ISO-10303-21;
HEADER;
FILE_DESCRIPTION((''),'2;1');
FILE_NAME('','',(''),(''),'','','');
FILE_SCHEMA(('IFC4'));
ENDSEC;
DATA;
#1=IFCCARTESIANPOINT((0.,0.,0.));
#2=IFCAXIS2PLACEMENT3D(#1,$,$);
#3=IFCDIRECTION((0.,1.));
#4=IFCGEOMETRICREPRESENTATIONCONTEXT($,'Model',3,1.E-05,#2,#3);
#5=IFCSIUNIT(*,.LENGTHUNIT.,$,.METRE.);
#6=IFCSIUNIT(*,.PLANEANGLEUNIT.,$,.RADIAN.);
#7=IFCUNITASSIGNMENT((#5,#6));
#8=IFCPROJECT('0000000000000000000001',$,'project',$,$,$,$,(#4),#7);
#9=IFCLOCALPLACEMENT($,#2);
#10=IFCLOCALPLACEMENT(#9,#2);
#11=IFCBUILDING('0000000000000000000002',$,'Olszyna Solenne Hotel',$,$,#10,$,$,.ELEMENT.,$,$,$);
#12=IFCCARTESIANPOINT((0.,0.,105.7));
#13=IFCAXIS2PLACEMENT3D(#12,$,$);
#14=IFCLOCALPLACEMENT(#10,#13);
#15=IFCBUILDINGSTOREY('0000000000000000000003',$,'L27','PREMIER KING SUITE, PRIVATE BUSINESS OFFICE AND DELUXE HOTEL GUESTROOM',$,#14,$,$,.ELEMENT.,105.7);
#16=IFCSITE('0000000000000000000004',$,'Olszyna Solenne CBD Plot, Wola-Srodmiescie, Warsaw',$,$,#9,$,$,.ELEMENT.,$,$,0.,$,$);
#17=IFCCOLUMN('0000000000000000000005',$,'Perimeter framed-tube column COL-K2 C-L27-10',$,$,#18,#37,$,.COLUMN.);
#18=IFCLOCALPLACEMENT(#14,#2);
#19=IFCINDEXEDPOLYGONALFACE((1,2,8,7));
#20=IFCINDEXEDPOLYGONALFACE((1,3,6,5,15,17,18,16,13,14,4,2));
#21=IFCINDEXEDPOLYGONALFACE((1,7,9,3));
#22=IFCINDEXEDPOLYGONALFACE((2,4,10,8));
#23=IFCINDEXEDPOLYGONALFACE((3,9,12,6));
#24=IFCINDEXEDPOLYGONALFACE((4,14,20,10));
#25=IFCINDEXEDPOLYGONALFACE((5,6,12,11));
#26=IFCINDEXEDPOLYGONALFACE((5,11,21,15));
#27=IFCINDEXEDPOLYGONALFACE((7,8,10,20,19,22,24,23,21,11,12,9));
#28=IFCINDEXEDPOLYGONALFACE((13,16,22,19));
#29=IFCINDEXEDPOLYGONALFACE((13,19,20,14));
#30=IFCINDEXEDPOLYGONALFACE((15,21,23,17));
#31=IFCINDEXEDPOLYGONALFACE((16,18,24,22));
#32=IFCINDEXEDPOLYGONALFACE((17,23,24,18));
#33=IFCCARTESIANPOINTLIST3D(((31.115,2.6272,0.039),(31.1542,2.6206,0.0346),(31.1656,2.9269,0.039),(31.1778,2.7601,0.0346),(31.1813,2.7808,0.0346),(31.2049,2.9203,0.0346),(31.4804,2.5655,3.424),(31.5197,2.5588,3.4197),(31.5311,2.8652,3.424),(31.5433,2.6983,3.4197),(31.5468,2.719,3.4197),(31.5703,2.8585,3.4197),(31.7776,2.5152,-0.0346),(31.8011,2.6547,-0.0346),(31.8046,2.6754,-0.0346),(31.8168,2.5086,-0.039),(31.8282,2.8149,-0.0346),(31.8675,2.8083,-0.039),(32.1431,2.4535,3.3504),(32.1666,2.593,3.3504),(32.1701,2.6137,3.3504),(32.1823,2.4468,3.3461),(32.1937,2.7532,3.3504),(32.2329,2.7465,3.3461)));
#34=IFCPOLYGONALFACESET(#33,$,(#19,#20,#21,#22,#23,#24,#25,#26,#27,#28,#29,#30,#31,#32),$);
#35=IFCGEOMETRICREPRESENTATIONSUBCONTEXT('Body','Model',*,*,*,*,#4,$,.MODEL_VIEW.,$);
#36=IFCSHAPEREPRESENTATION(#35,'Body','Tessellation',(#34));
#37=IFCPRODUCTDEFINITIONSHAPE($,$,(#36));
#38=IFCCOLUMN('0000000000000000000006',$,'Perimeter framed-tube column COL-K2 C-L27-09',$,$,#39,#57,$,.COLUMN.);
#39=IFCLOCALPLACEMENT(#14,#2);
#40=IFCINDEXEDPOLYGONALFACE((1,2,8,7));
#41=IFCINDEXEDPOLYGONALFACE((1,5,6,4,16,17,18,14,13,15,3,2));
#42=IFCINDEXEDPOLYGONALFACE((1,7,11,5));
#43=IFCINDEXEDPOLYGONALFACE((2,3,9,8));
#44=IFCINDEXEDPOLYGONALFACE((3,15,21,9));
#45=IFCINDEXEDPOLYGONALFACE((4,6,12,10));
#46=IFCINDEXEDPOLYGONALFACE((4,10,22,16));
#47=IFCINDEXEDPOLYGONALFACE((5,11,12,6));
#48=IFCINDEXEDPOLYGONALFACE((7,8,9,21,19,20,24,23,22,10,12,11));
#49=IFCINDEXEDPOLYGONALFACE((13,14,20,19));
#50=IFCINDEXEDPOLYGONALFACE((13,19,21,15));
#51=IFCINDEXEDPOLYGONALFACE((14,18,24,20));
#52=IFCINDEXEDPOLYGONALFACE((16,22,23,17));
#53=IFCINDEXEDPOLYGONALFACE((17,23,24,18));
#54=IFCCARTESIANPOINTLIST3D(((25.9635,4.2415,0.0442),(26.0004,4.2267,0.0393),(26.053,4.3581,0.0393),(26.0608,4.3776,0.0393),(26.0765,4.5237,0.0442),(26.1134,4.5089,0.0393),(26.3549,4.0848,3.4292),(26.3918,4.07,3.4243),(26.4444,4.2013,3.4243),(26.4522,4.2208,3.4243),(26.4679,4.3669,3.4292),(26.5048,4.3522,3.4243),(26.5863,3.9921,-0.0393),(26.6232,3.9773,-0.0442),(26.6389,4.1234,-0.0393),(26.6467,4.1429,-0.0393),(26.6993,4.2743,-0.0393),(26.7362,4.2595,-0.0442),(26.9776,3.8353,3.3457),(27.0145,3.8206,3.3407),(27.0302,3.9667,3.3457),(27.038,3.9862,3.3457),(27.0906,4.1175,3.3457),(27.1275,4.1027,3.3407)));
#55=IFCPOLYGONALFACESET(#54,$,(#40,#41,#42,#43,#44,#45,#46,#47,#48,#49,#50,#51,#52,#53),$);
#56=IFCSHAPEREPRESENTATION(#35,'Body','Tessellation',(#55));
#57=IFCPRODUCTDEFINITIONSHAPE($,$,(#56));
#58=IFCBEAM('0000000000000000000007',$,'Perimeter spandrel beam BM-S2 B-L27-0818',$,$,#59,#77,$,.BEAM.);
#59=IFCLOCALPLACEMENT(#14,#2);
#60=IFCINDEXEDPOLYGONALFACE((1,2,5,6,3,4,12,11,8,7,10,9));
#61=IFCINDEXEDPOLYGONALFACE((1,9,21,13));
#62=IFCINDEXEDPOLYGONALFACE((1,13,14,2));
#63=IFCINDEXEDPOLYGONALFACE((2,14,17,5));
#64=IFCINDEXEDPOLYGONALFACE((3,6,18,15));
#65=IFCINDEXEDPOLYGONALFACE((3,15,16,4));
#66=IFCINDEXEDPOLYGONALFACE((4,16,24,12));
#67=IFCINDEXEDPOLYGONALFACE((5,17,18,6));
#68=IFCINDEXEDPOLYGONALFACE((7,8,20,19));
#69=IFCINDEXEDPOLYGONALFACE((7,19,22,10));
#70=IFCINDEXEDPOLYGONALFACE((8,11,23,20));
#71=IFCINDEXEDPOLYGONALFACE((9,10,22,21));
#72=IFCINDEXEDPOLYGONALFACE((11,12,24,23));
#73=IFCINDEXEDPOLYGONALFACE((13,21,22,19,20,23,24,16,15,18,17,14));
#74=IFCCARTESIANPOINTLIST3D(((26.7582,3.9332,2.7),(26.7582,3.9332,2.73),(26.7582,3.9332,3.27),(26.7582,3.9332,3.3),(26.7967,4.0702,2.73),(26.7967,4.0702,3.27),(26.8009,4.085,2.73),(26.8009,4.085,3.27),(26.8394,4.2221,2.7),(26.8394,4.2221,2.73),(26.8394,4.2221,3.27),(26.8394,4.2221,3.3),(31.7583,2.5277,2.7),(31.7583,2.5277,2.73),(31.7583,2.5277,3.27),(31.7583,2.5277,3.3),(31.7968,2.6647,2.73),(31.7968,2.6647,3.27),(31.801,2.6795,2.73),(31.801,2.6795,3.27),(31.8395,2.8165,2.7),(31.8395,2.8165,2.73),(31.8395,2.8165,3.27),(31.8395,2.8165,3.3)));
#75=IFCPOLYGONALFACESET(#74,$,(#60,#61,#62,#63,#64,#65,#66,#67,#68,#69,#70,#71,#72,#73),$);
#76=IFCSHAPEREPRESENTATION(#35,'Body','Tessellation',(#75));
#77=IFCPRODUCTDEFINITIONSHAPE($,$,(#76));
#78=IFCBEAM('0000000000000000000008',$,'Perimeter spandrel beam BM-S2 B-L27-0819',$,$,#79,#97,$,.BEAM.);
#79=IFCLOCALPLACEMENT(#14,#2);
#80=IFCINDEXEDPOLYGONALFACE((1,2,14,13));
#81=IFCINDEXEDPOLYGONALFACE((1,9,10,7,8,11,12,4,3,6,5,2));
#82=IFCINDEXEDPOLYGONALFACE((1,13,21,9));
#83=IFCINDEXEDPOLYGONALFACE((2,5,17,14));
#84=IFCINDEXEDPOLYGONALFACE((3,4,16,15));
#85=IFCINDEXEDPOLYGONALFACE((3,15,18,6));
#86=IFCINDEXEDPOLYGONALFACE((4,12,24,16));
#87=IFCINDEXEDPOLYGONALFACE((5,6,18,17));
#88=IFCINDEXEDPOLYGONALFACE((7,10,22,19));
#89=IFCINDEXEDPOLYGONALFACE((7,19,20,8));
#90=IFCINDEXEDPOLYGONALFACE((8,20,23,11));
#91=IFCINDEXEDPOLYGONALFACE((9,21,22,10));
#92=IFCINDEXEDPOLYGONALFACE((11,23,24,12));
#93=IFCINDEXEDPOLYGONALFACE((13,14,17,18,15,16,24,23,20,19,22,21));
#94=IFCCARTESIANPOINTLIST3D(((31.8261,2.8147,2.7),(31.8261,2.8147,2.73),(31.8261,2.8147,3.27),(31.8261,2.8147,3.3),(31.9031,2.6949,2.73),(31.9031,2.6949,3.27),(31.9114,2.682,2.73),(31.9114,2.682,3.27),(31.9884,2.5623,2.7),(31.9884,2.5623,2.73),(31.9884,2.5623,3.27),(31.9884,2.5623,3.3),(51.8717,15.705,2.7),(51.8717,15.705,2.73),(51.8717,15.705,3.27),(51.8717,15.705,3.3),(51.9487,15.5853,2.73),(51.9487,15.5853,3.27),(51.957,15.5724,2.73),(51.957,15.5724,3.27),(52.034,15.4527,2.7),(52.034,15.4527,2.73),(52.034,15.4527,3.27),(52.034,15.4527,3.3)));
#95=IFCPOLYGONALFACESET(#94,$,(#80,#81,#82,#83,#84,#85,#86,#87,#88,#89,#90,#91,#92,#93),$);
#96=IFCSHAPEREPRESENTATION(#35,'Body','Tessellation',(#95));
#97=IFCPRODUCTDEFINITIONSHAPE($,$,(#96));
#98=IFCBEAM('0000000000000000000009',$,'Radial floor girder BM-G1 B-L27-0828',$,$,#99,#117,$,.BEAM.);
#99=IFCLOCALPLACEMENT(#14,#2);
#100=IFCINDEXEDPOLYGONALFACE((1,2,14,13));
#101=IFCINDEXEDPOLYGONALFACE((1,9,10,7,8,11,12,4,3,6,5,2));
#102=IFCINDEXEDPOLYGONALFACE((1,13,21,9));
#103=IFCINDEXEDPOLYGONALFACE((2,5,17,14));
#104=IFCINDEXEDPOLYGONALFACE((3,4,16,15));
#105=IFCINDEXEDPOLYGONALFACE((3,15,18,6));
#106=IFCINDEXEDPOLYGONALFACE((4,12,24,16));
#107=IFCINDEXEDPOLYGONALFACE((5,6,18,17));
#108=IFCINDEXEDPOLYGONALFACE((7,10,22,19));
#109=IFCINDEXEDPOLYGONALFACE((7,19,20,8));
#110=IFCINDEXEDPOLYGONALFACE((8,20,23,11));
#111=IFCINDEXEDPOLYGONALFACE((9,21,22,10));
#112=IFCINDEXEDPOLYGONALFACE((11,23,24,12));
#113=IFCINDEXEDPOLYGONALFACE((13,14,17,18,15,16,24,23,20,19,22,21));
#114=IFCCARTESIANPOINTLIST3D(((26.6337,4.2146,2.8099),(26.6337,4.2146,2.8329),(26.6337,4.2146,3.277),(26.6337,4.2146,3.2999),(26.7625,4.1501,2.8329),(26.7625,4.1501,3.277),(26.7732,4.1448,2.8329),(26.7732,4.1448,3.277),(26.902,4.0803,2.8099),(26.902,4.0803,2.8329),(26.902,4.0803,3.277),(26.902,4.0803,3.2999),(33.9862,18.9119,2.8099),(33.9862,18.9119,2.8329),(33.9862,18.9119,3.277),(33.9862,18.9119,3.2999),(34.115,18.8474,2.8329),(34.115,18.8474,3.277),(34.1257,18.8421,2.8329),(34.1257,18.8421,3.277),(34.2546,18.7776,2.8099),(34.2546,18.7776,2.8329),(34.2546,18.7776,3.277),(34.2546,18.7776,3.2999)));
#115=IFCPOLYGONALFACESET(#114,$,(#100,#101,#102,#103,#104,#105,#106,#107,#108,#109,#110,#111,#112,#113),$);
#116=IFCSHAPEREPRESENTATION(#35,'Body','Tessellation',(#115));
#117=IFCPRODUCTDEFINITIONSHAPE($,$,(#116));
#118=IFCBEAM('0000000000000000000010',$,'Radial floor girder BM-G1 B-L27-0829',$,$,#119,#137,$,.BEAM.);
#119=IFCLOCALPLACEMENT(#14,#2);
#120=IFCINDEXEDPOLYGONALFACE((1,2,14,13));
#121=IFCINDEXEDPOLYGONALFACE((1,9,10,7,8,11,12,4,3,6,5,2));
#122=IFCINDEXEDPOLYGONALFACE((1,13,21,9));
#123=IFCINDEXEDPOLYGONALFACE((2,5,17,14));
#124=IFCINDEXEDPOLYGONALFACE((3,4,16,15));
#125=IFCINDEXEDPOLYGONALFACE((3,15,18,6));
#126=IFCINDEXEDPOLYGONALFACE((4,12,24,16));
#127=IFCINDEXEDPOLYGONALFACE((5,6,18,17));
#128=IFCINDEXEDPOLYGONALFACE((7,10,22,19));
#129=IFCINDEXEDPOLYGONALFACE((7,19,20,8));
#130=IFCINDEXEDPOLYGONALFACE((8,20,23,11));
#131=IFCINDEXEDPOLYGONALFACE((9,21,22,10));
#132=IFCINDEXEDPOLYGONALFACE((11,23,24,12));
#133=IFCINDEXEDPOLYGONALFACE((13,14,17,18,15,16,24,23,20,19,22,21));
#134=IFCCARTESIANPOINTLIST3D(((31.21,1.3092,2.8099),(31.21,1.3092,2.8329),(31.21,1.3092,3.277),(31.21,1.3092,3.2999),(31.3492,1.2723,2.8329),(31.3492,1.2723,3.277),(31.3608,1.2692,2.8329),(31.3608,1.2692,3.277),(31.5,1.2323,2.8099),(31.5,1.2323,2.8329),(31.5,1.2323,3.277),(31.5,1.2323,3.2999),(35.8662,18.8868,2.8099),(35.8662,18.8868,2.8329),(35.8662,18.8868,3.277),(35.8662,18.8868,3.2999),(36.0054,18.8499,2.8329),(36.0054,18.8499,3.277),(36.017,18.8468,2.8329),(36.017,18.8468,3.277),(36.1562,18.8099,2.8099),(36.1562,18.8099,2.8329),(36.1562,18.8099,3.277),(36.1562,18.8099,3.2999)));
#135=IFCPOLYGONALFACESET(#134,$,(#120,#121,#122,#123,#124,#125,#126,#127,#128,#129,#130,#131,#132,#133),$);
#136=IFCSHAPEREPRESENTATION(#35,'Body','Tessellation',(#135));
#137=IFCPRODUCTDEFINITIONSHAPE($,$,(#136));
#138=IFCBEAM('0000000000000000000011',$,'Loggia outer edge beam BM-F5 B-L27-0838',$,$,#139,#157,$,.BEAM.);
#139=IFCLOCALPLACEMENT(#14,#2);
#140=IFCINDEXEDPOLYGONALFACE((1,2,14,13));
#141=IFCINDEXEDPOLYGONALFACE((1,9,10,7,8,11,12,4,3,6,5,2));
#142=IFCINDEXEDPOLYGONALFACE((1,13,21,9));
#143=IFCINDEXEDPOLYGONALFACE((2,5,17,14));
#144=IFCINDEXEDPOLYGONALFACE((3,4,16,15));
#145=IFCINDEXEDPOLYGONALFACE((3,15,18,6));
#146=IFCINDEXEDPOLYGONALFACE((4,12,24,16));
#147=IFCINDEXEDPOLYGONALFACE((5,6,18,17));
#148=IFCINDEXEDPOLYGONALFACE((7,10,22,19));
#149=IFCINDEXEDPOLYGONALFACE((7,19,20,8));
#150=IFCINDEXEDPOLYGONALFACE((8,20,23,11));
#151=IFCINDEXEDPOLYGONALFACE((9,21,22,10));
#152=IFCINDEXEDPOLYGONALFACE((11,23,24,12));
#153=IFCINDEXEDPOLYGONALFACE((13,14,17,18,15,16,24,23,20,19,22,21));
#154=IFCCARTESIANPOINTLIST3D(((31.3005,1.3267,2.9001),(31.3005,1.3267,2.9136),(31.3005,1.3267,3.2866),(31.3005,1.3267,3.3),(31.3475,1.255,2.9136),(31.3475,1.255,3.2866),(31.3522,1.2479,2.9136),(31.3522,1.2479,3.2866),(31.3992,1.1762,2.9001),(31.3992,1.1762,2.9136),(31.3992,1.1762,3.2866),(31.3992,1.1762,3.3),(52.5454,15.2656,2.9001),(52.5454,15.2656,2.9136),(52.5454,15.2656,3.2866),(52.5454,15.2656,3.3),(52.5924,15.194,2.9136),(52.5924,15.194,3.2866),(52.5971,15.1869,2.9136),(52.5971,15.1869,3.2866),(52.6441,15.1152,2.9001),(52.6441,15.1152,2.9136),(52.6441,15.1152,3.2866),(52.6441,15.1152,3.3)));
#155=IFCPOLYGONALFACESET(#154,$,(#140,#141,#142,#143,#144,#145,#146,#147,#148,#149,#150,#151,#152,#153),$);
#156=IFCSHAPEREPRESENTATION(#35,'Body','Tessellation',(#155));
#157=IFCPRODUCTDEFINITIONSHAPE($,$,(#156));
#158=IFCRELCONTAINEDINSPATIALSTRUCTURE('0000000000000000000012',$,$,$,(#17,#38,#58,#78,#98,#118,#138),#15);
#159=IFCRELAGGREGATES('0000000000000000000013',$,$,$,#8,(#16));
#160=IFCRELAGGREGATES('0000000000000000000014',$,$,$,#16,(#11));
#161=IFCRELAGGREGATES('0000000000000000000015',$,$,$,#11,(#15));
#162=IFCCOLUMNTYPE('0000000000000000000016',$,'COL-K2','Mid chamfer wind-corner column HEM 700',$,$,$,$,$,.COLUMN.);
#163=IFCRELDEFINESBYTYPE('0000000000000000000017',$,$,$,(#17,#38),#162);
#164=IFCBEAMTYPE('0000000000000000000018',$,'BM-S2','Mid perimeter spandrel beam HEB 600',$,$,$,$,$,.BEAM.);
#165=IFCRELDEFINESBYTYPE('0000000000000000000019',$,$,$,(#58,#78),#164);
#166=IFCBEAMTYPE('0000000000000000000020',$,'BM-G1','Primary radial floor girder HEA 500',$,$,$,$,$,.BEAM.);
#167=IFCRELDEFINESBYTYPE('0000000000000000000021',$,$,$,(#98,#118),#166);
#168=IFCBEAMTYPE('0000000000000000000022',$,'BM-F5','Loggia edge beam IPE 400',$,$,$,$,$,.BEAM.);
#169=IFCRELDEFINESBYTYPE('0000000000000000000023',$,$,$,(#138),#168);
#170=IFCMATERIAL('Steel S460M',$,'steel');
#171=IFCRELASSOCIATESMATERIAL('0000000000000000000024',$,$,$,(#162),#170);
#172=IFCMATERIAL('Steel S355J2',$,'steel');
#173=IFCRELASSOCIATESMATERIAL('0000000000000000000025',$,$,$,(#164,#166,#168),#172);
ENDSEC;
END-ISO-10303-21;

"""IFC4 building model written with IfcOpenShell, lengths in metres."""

from ifc_helpers import new_model, si_unit, direction, frame, origin, origin_2d, place, context, subcontext, project, spatial, i_section, extrude, source, transform, mapped, material, material_profile, profile_set, type_object, element, save


model = new_model("IFC4")

# Units and contexts
model_context = context("Model", 3, precision=1e-05, world=origin(), true_north=direction((0.0, 1.0)))
body_context = subcontext(model_context, "Body", "Model", "MODEL_VIEW")
ifc_project = project(units=[si_unit("LENGTHUNIT", "METRE"), si_unit("PLANEANGLEUNIT", "RADIAN")], contexts=[model_context])

# Site, building, storey
site_placement = place(None, origin())
site = spatial("IfcSite", under=ifc_project, at=site_placement, Name="Olszyna Solenne CBD Plot, Wola-Srodmiescie, Warsaw", CompositionType="ELEMENT", RefElevation=0.0)
building_placement = place(site_placement, origin())
building = spatial("IfcBuilding", under=site, at=building_placement, Name="Olszyna Solenne Hotel", CompositionType="ELEMENT")
storey_placement = place(building_placement, frame((0.0, 0.0, 105.7)))
storey = spatial("IfcBuildingStorey", under=building, at=storey_placement, Name="L27", Description="PREMIER KING SUITE, PRIVATE BUSINESS OFFICE AND DELUXE HOTEL GUESTROOM", CompositionType="ELEMENT", Elevation=105.7)

# Columns
ifc_material_1 = material(Name="Steel S460M", Category="steel")
ifc_material_profile_1 = material_profile(ifc_material_1, i_section(OverallWidth=0.304, OverallDepth=0.7161, WebThickness=0.021, FlangeThickness=0.04, at=origin_2d()), Name="HEM 700", Category="load-bearing")
ifc_profile_set_1 = profile_set([ifc_material_profile_1], Name="Steel S460M")
column_type = type_object("IfcColumnType", Name="COL-K2", Description="Mid chamfer wind-corner column HEM 700", PredefinedType="COLUMN", material=ifc_profile_set_1)
shared_shape_1 = source(origin(), body_context, "Body", "SweptSolid", [
    extrude(i_section(OverallWidth=0.304, OverallDepth=0.7161, WebThickness=0.021, FlangeThickness=0.04, at=origin_2d()), origin(), (0.0, 0.0, 1.0), 3.4053),
])
column_1_placement = place(storey_placement, frame((31.4912, 2.7178, 0.0), z_axis=(0.107328, -0.018139, 0.994058), x_axis=(0.166642, 0.986018, 0.0)))
element("IfcColumn", 1, at=column_1_placement, inside=storey, type_object=column_type, Name="Perimeter framed-tube column COL-K2 C-L27-10", PredefinedType="COLUMN", context=body_context, shape_type="MappedRepresentation", body=[
    mapped(shared_shape_1, transform((0.0, 0.0, 0.0), x_axis=(1.0, 0.0, 0.0), y_axis=(0.0, 1.0, 0.0), z_axis=(0.0, 0.0, 1.0), scale=1.0)),
])
shared_shape_2 = source(origin(), body_context, "Body", "SweptSolid", [
    extrude(i_section(OverallWidth=0.304, OverallDepth=0.7161, WebThickness=0.021, FlangeThickness=0.04, at=origin_2d()), origin(), (0.0, 0.0, 1.0), 3.4111),
])
column_2_placement = place(storey_placement, frame((26.3499, 4.2505, 0.0), z_axis=(0.114729, -0.045949, 0.992334), x_axis=(0.37179, 0.928317, 0.0)))
element("IfcColumn", 2, at=column_2_placement, inside=storey, type_object=column_type, Name="Perimeter framed-tube column COL-K2 C-L27-09", PredefinedType="COLUMN", context=body_context, shape_type="MappedRepresentation", body=[
    mapped(shared_shape_2, transform((0.0, 0.0, 0.0), x_axis=(1.0, 0.0, 0.0), y_axis=(0.0, 1.0, 0.0), z_axis=(0.0, 0.0, 1.0), scale=1.0)),
])

# Beams
ifc_material_2 = material(Name="Steel S355J2", Category="steel")
ifc_material_profile_2 = material_profile(ifc_material_2, i_section(OverallWidth=0.3, OverallDepth=0.6001, WebThickness=0.0154, FlangeThickness=0.03, at=origin_2d()), Name="HEB 600", Category="load-bearing")
ifc_profile_set_2 = profile_set([ifc_material_profile_2], Name="Steel S355J2")
beam_type_1 = type_object("IfcBeamType", Name="BM-S2", Description="Mid perimeter spandrel beam HEB 600", PredefinedType="BEAM", material=ifc_profile_set_2)
shared_shape_3 = source(origin(), body_context, "Body", "SweptSolid", [
    extrude(i_section(OverallWidth=0.3, OverallDepth=0.6001, WebThickness=0.0154, FlangeThickness=0.03, at=origin_2d()), origin(), (0.0, 0.0, 1.0), 5.1938),
])
beam_1_placement = place(storey_placement, frame((26.7988, 4.0776, 3.0), z_axis=(0.962688, -0.270615, 0.0), x_axis=(0.270615, 0.962688, 0.0)))
element("IfcBeam", 3, at=beam_1_placement, inside=storey, type_object=beam_type_1, Name="Perimeter spandrel beam BM-S2 B-L27-0818", PredefinedType="BEAM", context=body_context, shape_type="MappedRepresentation", body=[
    mapped(shared_shape_3, transform((0.0, 0.0, 0.0), x_axis=(1.0, 0.0, 0.0), y_axis=(0.0, 1.0, 0.0), z_axis=(0.0, 0.0, 1.0), scale=1.0)),
])
shared_shape_4 = source(origin(), body_context, "Body", "SweptSolid", [
    extrude(i_section(OverallWidth=0.3, OverallDepth=0.6001, WebThickness=0.0154, FlangeThickness=0.03, at=origin_2d()), origin(), (0.0, 0.0, 1.0), 23.8325),
])
beam_2_placement = place(storey_placement, frame((31.9072, 2.6885, 3.0), z_axis=(0.841104, 0.540873, 0.0), x_axis=(-0.540873, 0.841104, 0.0)))
element("IfcBeam", 4, at=beam_2_placement, inside=storey, type_object=beam_type_1, Name="Perimeter spandrel beam BM-S2 B-L27-0819", PredefinedType="BEAM", context=body_context, shape_type="MappedRepresentation", body=[
    mapped(shared_shape_4, transform((0.0, 0.0, 0.0), x_axis=(1.0, 0.0, 0.0), y_axis=(0.0, 1.0, 0.0), z_axis=(0.0, 0.0, 1.0), scale=1.0)),
])
ifc_material_profile_3 = material_profile(ifc_material_2, i_section(OverallWidth=0.3, OverallDepth=0.49, WebThickness=0.012, FlangeThickness=0.0229, at=origin_2d()), Name="HEA 500", Category="load-bearing")
ifc_profile_set_3 = profile_set([ifc_material_profile_3], Name="Steel S355J2")
beam_type_2 = type_object("IfcBeamType", Name="BM-G1", Description="Primary radial floor girder HEA 500", PredefinedType="BEAM", material=ifc_profile_set_3)
shared_shape_5 = source(origin(), body_context, "Body", "SweptSolid", [
    extrude(i_section(OverallWidth=0.3, OverallDepth=0.49, WebThickness=0.012, FlangeThickness=0.0229, at=origin_2d()), origin(), (0.0, 0.0, 1.0), 16.4338),
])
beam_3_placement = place(storey_placement, frame((26.7678, 4.1475, 3.0549), z_axis=(0.447404, 0.894332, 0.0), x_axis=(-0.894332, 0.447404, 0.0)))
element("IfcBeam", 5, at=beam_3_placement, inside=storey, type_object=beam_type_2, Name="Radial floor girder BM-G1 B-L27-0828", PredefinedType="BEAM", context=body_context, shape_type="MappedRepresentation", body=[
    mapped(shared_shape_5, transform((0.0, 0.0, 0.0), x_axis=(1.0, 0.0, 0.0), y_axis=(0.0, 1.0, 0.0), z_axis=(0.0, 0.0, 1.0), scale=1.0)),
])
shared_shape_6 = source(origin(), body_context, "Body", "SweptSolid", [
    extrude(i_section(OverallWidth=0.3, OverallDepth=0.49, WebThickness=0.012, FlangeThickness=0.0229, at=origin_2d()), origin(), (0.0, 0.0, 1.0), 18.1838),
])
beam_4_placement = place(storey_placement, frame((31.355, 1.2708, 3.0549), z_axis=(0.256065, 0.96666, 0.0), x_axis=(-0.96666, 0.256065, 0.0)))
element("IfcBeam", 6, at=beam_4_placement, inside=storey, type_object=beam_type_2, Name="Radial floor girder BM-G1 B-L27-0829", PredefinedType="BEAM", context=body_context, shape_type="MappedRepresentation", body=[
    mapped(shared_shape_6, transform((0.0, 0.0, 0.0), x_axis=(1.0, 0.0, 0.0), y_axis=(0.0, 1.0, 0.0), z_axis=(0.0, 0.0, 1.0), scale=1.0)),
])
ifc_material_profile_4 = material_profile(ifc_material_2, i_section(OverallWidth=0.1799, OverallDepth=0.3999, WebThickness=0.0085, FlangeThickness=0.0134, at=origin_2d()), Name="IPE 400", Category="load-bearing")
ifc_profile_set_4 = profile_set([ifc_material_profile_4], Name="Steel S355J2")
beam_type_3 = type_object("IfcBeamType", Name="BM-F5", Description="Loggia edge beam IPE 400", PredefinedType="BEAM", material=ifc_profile_set_4)
shared_shape_7 = source(origin(), body_context, "Body", "SweptSolid", [
    extrude(i_section(OverallWidth=0.1799, OverallDepth=0.3999, WebThickness=0.0085, FlangeThickness=0.0134, at=origin_2d()), origin(), (0.0, 0.0, 1.0), 25.4094),
])
beam_5_placement = place(storey_placement, frame((31.3499, 1.2515, 3.1001), z_axis=(0.836102, 0.548574, 0.0), x_axis=(-0.548574, 0.836102, 0.0)))
element("IfcBeam", 7, at=beam_5_placement, inside=storey, type_object=beam_type_3, Name="Loggia outer edge beam BM-F5 B-L27-0838", PredefinedType="BEAM", context=body_context, shape_type="MappedRepresentation", body=[
    mapped(shared_shape_7, transform((0.0, 0.0, 0.0), x_axis=(1.0, 0.0, 0.0), y_axis=(0.0, 1.0, 0.0), z_axis=(0.0, 0.0, 1.0), scale=1.0)),
])

save(model, "model.ifc")
